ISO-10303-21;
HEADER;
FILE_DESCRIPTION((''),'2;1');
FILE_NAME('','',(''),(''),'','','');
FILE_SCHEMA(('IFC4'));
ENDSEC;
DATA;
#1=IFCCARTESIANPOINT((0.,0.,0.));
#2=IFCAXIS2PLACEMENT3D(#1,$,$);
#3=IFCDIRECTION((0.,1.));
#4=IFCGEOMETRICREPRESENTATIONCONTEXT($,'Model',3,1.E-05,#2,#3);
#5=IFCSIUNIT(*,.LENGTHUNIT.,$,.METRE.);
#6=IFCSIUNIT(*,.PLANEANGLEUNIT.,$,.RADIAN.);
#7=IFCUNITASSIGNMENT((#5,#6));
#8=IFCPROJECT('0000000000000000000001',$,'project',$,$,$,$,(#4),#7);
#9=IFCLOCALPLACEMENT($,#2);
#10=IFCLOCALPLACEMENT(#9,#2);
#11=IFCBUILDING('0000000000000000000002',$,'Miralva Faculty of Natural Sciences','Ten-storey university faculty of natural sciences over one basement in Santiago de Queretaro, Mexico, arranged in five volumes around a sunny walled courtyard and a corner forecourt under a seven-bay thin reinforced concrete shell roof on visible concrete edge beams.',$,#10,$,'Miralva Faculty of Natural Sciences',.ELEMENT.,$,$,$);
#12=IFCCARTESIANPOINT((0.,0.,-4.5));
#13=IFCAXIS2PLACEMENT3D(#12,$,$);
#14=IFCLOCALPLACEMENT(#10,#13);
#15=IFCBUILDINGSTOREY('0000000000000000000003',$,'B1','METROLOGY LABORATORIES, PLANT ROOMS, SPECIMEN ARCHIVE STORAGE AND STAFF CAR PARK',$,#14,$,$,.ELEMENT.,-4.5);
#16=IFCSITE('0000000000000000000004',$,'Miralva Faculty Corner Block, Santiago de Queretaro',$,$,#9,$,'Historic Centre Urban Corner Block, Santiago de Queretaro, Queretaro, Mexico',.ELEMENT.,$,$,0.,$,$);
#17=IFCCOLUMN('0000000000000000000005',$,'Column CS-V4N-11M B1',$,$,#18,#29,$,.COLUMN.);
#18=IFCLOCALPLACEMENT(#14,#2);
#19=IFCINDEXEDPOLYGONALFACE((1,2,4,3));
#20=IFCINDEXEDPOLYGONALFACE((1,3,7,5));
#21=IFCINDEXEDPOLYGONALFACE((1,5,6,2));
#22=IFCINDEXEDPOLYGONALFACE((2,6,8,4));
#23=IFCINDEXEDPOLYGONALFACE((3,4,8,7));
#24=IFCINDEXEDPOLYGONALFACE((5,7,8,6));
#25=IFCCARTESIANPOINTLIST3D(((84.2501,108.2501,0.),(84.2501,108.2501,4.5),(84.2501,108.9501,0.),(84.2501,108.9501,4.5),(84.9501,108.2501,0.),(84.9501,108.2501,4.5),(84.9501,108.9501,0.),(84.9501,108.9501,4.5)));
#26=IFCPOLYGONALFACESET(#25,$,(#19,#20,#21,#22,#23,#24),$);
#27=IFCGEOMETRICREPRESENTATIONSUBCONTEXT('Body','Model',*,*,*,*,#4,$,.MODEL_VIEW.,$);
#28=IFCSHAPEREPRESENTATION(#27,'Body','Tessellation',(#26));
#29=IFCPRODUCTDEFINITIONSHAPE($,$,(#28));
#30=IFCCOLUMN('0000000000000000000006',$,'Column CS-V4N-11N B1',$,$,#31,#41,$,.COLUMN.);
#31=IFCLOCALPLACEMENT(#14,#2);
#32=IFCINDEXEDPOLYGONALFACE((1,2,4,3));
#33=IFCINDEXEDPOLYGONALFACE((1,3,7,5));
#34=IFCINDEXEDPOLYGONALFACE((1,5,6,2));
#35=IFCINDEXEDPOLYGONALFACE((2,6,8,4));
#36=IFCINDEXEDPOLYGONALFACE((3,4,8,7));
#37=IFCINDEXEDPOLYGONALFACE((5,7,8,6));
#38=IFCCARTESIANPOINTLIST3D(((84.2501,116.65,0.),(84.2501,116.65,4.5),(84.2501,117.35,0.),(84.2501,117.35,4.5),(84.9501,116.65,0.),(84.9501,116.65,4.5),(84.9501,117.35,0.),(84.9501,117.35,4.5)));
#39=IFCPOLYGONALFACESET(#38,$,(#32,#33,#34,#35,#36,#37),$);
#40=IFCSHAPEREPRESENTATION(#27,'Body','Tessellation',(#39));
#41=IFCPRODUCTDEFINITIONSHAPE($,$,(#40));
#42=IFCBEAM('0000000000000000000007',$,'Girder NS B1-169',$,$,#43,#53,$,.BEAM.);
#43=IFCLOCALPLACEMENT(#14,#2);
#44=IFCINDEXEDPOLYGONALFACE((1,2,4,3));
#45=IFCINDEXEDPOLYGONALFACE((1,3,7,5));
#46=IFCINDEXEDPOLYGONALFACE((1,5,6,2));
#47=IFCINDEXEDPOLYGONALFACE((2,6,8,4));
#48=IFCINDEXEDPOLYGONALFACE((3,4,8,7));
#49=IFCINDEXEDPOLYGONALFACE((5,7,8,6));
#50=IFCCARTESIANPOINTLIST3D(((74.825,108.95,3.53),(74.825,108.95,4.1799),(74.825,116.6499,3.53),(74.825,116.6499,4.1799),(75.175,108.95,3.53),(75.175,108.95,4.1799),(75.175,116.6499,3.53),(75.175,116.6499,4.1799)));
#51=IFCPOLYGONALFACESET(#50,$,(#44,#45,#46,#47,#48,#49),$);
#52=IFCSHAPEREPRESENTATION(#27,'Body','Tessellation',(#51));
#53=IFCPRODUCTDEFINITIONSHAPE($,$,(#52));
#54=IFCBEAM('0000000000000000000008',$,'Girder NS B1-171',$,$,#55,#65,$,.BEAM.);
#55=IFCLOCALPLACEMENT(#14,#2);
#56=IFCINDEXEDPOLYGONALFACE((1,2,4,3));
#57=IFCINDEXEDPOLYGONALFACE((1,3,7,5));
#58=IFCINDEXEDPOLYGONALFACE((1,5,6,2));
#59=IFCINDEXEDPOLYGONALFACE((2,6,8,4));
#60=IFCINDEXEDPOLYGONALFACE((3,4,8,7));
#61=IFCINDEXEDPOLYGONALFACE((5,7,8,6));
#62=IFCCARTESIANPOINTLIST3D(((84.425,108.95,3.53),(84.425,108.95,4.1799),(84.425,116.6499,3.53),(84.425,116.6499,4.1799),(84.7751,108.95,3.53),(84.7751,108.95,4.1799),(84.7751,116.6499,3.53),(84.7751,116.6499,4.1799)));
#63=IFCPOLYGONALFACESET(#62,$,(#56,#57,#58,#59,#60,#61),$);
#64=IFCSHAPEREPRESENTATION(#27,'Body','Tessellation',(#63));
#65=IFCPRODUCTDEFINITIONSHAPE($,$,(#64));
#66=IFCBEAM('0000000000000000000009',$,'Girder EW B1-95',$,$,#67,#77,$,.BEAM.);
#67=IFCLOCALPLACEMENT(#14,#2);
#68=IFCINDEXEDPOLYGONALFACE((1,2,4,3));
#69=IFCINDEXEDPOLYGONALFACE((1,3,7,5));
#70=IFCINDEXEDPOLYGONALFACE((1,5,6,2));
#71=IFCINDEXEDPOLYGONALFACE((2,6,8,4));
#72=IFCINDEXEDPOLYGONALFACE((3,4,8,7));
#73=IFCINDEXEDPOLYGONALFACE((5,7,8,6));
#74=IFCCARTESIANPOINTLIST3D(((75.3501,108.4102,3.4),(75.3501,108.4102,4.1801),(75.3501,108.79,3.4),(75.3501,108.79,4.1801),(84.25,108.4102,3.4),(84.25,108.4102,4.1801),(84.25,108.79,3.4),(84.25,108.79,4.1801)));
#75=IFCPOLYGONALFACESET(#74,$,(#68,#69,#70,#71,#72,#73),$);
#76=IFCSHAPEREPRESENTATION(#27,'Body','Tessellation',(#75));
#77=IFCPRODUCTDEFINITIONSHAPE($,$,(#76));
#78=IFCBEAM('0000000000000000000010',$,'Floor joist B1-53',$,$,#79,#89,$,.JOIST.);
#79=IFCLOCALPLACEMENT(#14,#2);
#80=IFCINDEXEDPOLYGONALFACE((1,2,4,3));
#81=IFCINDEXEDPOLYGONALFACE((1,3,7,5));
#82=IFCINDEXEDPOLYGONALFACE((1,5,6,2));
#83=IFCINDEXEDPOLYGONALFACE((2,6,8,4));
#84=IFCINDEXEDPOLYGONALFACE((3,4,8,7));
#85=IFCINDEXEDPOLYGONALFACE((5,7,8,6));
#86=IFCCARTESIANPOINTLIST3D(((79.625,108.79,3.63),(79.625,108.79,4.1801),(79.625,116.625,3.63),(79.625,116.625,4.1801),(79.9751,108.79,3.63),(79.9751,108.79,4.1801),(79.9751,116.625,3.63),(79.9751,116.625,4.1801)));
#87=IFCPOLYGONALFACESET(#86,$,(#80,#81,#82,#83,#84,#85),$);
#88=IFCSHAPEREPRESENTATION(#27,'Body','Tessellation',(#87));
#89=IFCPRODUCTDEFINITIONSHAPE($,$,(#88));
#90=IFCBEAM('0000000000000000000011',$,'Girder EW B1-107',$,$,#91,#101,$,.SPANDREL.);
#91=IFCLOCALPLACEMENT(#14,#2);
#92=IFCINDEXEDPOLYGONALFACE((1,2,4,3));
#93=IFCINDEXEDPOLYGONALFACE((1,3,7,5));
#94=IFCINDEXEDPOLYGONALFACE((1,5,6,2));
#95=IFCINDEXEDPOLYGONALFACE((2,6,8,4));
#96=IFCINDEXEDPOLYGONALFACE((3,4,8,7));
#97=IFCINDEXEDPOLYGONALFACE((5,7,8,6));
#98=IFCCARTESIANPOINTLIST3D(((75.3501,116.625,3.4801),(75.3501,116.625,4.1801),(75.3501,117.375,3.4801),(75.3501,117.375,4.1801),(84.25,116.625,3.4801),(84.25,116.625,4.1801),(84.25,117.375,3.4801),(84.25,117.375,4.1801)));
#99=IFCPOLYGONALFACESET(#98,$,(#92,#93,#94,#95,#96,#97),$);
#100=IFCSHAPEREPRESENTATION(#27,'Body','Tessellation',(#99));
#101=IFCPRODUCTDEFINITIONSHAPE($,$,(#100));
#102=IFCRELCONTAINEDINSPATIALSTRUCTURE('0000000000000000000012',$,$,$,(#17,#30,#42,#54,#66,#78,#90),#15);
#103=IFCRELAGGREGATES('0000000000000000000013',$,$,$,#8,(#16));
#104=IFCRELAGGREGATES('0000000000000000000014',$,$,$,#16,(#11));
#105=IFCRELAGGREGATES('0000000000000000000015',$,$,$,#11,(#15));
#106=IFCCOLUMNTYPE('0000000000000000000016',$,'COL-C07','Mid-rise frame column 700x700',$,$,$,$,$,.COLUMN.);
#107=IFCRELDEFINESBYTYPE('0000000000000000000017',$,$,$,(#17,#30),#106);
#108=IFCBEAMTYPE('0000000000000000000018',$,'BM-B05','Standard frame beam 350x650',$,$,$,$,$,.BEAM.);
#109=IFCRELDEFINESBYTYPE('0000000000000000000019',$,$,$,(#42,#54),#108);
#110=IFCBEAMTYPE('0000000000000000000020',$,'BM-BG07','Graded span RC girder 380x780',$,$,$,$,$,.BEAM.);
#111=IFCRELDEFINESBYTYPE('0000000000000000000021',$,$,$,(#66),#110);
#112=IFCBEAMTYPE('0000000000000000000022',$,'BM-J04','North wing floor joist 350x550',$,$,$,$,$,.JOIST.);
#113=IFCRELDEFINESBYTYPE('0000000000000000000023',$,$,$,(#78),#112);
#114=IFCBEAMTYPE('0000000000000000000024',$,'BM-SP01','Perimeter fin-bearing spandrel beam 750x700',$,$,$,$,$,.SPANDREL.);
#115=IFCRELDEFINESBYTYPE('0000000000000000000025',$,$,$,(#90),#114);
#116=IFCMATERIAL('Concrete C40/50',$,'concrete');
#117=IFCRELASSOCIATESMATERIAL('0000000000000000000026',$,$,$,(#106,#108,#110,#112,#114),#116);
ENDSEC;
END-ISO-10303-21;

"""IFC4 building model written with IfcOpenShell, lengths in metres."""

from ifc_helpers import new_model, si_unit, direction, frame, origin, origin_2d, place, context, subcontext, project, spatial, rectangle, extrude, material, material_profile, profile_set, type_object, element, save


model = new_model("IFC4")

# Units and contexts
model_context = context("Model", 3, precision=1e-05, world=origin(), true_north=direction((0.0, 1.0)))
body_context = subcontext(model_context, "Body", "Model", "MODEL_VIEW")
ifc_project = project(units=[si_unit("LENGTHUNIT", "METRE"), si_unit("PLANEANGLEUNIT", "RADIAN")], contexts=[model_context])

# Site, building, storey
site_placement = place(None, origin())
site = spatial("IfcSite", under=ifc_project, at=site_placement, Name="Miralva Faculty Corner Block, Santiago de Queretaro", LongName="Historic Centre Urban Corner Block, Santiago de Queretaro, Queretaro, Mexico", CompositionType="ELEMENT", RefElevation=0.0)
building_placement = place(site_placement, origin())
building = spatial("IfcBuilding", under=site, at=building_placement, Name="Miralva Faculty of Natural Sciences", Description="Ten-storey university faculty of natural sciences over one basement in Santiago de Queretaro, Mexico, arranged in five volumes around a sunny walled courtyard and a corner forecourt under a seven-bay thin reinforced concrete shell roof on visible concrete edge beams.", LongName="Miralva Faculty of Natural Sciences", CompositionType="ELEMENT")
storey_placement = place(building_placement, frame((0.0, 0.0, -4.5)))
storey = spatial("IfcBuildingStorey", under=building, at=storey_placement, Name="B1", Description="METROLOGY LABORATORIES, PLANT ROOMS, SPECIMEN ARCHIVE STORAGE AND STAFF CAR PARK", CompositionType="ELEMENT", Elevation=-4.5)

# Columns
ifc_material_1 = material(Name="Concrete C40/50", Category="concrete")
ifc_material_profile_1 = material_profile(ifc_material_1, rectangle(XDim=0.7, YDim=0.7, at=origin_2d()), Name="RC 700x700")
ifc_profile_set_1 = profile_set([ifc_material_profile_1], Name="Concrete C40/50")
column_type = type_object("IfcColumnType", Name="COL-C07", Description="Mid-rise frame column 700x700", PredefinedType="COLUMN", material=ifc_profile_set_1)
for number, where, z_axis, x_axis, name in (
    (1, (84.6001, 108.6001, 0.0), (0.0, 0.0, 1.0), (1.0, 0.0, 0.0), "Column CS-V4N-11M B1"),
    (2, (84.6001, 117.0, 0.0), (0.0, 0.0, 1.0), (1.0, 0.0, 0.0), "Column CS-V4N-11N B1"),
):
    element("IfcColumn", number, at=place(storey_placement, frame(where, z_axis=z_axis, x_axis=x_axis)), inside=storey, type_object=column_type, Name=name, PredefinedType="COLUMN", context=body_context, shape_type="SweptSolid", body=[
        extrude(rectangle(XDim=0.7, YDim=0.7, at=origin_2d()), origin(), (0.0, 0.0, 1.0), 4.5),
    ])

# Beams
ifc_material_profile_2 = material_profile(ifc_material_1, rectangle(XDim=0.3501, YDim=0.6499, at=origin_2d()), Name="RC 350x650")
ifc_profile_set_2 = profile_set([ifc_material_profile_2], Name="Concrete C40/50")
beam_type_1 = type_object("IfcBeamType", Name="BM-B05", Description="Standard frame beam 350x650", PredefinedType="BEAM", material=ifc_profile_set_2)
for number, where, z_axis, x_axis, name in (
    (3, (75.0, 108.95, 3.855), (0.0, 1.0, 0.0), (-1.0, 0.0, 0.0), "Girder NS B1-169"),
    (4, (84.6001, 108.95, 3.855), (0.0, 1.0, 0.0), (-1.0, 0.0, 0.0), "Girder NS B1-171"),
):
    element("IfcBeam", number, at=place(storey_placement, frame(where, z_axis=z_axis, x_axis=x_axis)), inside=storey, type_object=beam_type_1, Name=name, PredefinedType="BEAM", context=body_context, shape_type="SweptSolid", body=[
        extrude(rectangle(XDim=0.3501, YDim=0.6499, at=origin_2d()), origin(), (0.0, 0.0, 1.0), 7.7),
    ])
ifc_material_profile_3 = material_profile(ifc_material_1, rectangle(XDim=0.3799, YDim=0.78, at=origin_2d()), Name="RC 380x780")
ifc_profile_set_3 = profile_set([ifc_material_profile_3], Name="Concrete C40/50")
beam_type_2 = type_object("IfcBeamType", Name="BM-BG07", Description="Graded span RC girder 380x780", PredefinedType="BEAM", material=ifc_profile_set_3)
beam_1_placement = place(storey_placement, frame((75.3501, 108.6001, 3.79), z_axis=(1.0, 0.0, 0.0), x_axis=(0.0, 1.0, 0.0)))
element("IfcBeam", 5, at=beam_1_placement, inside=storey, type_object=beam_type_2, Name="Girder EW B1-95", PredefinedType="BEAM", context=body_context, shape_type="SweptSolid", body=[
    extrude(rectangle(XDim=0.3799, YDim=0.78, at=origin_2d()), origin(), (0.0, 0.0, 1.0), 8.8999),
])
ifc_material_profile_4 = material_profile(ifc_material_1, rectangle(XDim=0.3501, YDim=0.55, at=origin_2d()), Name="RC 350x550")
ifc_profile_set_4 = profile_set([ifc_material_profile_4], Name="Concrete C40/50")
beam_type_3 = type_object("IfcBeamType", Name="BM-J04", Description="North wing floor joist 350x550", PredefinedType="JOIST", material=ifc_profile_set_4)
beam_2_placement = place(storey_placement, frame((79.8, 108.79, 3.905), z_axis=(0.0, 1.0, 0.0), x_axis=(-1.0, 0.0, 0.0)))
element("IfcBeam", 6, at=beam_2_placement, inside=storey, type_object=beam_type_3, Name="Floor joist B1-53", PredefinedType="JOIST", context=body_context, shape_type="SweptSolid", body=[
    extrude(rectangle(XDim=0.3501, YDim=0.55, at=origin_2d()), origin(), (0.0, 0.0, 1.0), 7.835),
])
ifc_material_profile_5 = material_profile(ifc_material_1, rectangle(XDim=0.75, YDim=0.7, at=origin_2d()), Name="RC 750x700")
ifc_profile_set_5 = profile_set([ifc_material_profile_5], Name="Concrete C40/50")
beam_type_4 = type_object("IfcBeamType", Name="BM-SP01", Description="Perimeter fin-bearing spandrel beam 750x700", PredefinedType="SPANDREL", material=ifc_profile_set_5)
beam_3_placement = place(storey_placement, frame((75.3501, 117.0, 3.8301), z_axis=(1.0, 0.0, 0.0), x_axis=(0.0, 1.0, 0.0)))
element("IfcBeam", 7, at=beam_3_placement, inside=storey, type_object=beam_type_4, Name="Girder EW B1-107", PredefinedType="SPANDREL", context=body_context, shape_type="SweptSolid", body=[
    extrude(rectangle(XDim=0.75, YDim=0.7, at=origin_2d()), origin(), (0.0, 0.0, 1.0), 8.8999),
])

save(model, "model.ifc")
